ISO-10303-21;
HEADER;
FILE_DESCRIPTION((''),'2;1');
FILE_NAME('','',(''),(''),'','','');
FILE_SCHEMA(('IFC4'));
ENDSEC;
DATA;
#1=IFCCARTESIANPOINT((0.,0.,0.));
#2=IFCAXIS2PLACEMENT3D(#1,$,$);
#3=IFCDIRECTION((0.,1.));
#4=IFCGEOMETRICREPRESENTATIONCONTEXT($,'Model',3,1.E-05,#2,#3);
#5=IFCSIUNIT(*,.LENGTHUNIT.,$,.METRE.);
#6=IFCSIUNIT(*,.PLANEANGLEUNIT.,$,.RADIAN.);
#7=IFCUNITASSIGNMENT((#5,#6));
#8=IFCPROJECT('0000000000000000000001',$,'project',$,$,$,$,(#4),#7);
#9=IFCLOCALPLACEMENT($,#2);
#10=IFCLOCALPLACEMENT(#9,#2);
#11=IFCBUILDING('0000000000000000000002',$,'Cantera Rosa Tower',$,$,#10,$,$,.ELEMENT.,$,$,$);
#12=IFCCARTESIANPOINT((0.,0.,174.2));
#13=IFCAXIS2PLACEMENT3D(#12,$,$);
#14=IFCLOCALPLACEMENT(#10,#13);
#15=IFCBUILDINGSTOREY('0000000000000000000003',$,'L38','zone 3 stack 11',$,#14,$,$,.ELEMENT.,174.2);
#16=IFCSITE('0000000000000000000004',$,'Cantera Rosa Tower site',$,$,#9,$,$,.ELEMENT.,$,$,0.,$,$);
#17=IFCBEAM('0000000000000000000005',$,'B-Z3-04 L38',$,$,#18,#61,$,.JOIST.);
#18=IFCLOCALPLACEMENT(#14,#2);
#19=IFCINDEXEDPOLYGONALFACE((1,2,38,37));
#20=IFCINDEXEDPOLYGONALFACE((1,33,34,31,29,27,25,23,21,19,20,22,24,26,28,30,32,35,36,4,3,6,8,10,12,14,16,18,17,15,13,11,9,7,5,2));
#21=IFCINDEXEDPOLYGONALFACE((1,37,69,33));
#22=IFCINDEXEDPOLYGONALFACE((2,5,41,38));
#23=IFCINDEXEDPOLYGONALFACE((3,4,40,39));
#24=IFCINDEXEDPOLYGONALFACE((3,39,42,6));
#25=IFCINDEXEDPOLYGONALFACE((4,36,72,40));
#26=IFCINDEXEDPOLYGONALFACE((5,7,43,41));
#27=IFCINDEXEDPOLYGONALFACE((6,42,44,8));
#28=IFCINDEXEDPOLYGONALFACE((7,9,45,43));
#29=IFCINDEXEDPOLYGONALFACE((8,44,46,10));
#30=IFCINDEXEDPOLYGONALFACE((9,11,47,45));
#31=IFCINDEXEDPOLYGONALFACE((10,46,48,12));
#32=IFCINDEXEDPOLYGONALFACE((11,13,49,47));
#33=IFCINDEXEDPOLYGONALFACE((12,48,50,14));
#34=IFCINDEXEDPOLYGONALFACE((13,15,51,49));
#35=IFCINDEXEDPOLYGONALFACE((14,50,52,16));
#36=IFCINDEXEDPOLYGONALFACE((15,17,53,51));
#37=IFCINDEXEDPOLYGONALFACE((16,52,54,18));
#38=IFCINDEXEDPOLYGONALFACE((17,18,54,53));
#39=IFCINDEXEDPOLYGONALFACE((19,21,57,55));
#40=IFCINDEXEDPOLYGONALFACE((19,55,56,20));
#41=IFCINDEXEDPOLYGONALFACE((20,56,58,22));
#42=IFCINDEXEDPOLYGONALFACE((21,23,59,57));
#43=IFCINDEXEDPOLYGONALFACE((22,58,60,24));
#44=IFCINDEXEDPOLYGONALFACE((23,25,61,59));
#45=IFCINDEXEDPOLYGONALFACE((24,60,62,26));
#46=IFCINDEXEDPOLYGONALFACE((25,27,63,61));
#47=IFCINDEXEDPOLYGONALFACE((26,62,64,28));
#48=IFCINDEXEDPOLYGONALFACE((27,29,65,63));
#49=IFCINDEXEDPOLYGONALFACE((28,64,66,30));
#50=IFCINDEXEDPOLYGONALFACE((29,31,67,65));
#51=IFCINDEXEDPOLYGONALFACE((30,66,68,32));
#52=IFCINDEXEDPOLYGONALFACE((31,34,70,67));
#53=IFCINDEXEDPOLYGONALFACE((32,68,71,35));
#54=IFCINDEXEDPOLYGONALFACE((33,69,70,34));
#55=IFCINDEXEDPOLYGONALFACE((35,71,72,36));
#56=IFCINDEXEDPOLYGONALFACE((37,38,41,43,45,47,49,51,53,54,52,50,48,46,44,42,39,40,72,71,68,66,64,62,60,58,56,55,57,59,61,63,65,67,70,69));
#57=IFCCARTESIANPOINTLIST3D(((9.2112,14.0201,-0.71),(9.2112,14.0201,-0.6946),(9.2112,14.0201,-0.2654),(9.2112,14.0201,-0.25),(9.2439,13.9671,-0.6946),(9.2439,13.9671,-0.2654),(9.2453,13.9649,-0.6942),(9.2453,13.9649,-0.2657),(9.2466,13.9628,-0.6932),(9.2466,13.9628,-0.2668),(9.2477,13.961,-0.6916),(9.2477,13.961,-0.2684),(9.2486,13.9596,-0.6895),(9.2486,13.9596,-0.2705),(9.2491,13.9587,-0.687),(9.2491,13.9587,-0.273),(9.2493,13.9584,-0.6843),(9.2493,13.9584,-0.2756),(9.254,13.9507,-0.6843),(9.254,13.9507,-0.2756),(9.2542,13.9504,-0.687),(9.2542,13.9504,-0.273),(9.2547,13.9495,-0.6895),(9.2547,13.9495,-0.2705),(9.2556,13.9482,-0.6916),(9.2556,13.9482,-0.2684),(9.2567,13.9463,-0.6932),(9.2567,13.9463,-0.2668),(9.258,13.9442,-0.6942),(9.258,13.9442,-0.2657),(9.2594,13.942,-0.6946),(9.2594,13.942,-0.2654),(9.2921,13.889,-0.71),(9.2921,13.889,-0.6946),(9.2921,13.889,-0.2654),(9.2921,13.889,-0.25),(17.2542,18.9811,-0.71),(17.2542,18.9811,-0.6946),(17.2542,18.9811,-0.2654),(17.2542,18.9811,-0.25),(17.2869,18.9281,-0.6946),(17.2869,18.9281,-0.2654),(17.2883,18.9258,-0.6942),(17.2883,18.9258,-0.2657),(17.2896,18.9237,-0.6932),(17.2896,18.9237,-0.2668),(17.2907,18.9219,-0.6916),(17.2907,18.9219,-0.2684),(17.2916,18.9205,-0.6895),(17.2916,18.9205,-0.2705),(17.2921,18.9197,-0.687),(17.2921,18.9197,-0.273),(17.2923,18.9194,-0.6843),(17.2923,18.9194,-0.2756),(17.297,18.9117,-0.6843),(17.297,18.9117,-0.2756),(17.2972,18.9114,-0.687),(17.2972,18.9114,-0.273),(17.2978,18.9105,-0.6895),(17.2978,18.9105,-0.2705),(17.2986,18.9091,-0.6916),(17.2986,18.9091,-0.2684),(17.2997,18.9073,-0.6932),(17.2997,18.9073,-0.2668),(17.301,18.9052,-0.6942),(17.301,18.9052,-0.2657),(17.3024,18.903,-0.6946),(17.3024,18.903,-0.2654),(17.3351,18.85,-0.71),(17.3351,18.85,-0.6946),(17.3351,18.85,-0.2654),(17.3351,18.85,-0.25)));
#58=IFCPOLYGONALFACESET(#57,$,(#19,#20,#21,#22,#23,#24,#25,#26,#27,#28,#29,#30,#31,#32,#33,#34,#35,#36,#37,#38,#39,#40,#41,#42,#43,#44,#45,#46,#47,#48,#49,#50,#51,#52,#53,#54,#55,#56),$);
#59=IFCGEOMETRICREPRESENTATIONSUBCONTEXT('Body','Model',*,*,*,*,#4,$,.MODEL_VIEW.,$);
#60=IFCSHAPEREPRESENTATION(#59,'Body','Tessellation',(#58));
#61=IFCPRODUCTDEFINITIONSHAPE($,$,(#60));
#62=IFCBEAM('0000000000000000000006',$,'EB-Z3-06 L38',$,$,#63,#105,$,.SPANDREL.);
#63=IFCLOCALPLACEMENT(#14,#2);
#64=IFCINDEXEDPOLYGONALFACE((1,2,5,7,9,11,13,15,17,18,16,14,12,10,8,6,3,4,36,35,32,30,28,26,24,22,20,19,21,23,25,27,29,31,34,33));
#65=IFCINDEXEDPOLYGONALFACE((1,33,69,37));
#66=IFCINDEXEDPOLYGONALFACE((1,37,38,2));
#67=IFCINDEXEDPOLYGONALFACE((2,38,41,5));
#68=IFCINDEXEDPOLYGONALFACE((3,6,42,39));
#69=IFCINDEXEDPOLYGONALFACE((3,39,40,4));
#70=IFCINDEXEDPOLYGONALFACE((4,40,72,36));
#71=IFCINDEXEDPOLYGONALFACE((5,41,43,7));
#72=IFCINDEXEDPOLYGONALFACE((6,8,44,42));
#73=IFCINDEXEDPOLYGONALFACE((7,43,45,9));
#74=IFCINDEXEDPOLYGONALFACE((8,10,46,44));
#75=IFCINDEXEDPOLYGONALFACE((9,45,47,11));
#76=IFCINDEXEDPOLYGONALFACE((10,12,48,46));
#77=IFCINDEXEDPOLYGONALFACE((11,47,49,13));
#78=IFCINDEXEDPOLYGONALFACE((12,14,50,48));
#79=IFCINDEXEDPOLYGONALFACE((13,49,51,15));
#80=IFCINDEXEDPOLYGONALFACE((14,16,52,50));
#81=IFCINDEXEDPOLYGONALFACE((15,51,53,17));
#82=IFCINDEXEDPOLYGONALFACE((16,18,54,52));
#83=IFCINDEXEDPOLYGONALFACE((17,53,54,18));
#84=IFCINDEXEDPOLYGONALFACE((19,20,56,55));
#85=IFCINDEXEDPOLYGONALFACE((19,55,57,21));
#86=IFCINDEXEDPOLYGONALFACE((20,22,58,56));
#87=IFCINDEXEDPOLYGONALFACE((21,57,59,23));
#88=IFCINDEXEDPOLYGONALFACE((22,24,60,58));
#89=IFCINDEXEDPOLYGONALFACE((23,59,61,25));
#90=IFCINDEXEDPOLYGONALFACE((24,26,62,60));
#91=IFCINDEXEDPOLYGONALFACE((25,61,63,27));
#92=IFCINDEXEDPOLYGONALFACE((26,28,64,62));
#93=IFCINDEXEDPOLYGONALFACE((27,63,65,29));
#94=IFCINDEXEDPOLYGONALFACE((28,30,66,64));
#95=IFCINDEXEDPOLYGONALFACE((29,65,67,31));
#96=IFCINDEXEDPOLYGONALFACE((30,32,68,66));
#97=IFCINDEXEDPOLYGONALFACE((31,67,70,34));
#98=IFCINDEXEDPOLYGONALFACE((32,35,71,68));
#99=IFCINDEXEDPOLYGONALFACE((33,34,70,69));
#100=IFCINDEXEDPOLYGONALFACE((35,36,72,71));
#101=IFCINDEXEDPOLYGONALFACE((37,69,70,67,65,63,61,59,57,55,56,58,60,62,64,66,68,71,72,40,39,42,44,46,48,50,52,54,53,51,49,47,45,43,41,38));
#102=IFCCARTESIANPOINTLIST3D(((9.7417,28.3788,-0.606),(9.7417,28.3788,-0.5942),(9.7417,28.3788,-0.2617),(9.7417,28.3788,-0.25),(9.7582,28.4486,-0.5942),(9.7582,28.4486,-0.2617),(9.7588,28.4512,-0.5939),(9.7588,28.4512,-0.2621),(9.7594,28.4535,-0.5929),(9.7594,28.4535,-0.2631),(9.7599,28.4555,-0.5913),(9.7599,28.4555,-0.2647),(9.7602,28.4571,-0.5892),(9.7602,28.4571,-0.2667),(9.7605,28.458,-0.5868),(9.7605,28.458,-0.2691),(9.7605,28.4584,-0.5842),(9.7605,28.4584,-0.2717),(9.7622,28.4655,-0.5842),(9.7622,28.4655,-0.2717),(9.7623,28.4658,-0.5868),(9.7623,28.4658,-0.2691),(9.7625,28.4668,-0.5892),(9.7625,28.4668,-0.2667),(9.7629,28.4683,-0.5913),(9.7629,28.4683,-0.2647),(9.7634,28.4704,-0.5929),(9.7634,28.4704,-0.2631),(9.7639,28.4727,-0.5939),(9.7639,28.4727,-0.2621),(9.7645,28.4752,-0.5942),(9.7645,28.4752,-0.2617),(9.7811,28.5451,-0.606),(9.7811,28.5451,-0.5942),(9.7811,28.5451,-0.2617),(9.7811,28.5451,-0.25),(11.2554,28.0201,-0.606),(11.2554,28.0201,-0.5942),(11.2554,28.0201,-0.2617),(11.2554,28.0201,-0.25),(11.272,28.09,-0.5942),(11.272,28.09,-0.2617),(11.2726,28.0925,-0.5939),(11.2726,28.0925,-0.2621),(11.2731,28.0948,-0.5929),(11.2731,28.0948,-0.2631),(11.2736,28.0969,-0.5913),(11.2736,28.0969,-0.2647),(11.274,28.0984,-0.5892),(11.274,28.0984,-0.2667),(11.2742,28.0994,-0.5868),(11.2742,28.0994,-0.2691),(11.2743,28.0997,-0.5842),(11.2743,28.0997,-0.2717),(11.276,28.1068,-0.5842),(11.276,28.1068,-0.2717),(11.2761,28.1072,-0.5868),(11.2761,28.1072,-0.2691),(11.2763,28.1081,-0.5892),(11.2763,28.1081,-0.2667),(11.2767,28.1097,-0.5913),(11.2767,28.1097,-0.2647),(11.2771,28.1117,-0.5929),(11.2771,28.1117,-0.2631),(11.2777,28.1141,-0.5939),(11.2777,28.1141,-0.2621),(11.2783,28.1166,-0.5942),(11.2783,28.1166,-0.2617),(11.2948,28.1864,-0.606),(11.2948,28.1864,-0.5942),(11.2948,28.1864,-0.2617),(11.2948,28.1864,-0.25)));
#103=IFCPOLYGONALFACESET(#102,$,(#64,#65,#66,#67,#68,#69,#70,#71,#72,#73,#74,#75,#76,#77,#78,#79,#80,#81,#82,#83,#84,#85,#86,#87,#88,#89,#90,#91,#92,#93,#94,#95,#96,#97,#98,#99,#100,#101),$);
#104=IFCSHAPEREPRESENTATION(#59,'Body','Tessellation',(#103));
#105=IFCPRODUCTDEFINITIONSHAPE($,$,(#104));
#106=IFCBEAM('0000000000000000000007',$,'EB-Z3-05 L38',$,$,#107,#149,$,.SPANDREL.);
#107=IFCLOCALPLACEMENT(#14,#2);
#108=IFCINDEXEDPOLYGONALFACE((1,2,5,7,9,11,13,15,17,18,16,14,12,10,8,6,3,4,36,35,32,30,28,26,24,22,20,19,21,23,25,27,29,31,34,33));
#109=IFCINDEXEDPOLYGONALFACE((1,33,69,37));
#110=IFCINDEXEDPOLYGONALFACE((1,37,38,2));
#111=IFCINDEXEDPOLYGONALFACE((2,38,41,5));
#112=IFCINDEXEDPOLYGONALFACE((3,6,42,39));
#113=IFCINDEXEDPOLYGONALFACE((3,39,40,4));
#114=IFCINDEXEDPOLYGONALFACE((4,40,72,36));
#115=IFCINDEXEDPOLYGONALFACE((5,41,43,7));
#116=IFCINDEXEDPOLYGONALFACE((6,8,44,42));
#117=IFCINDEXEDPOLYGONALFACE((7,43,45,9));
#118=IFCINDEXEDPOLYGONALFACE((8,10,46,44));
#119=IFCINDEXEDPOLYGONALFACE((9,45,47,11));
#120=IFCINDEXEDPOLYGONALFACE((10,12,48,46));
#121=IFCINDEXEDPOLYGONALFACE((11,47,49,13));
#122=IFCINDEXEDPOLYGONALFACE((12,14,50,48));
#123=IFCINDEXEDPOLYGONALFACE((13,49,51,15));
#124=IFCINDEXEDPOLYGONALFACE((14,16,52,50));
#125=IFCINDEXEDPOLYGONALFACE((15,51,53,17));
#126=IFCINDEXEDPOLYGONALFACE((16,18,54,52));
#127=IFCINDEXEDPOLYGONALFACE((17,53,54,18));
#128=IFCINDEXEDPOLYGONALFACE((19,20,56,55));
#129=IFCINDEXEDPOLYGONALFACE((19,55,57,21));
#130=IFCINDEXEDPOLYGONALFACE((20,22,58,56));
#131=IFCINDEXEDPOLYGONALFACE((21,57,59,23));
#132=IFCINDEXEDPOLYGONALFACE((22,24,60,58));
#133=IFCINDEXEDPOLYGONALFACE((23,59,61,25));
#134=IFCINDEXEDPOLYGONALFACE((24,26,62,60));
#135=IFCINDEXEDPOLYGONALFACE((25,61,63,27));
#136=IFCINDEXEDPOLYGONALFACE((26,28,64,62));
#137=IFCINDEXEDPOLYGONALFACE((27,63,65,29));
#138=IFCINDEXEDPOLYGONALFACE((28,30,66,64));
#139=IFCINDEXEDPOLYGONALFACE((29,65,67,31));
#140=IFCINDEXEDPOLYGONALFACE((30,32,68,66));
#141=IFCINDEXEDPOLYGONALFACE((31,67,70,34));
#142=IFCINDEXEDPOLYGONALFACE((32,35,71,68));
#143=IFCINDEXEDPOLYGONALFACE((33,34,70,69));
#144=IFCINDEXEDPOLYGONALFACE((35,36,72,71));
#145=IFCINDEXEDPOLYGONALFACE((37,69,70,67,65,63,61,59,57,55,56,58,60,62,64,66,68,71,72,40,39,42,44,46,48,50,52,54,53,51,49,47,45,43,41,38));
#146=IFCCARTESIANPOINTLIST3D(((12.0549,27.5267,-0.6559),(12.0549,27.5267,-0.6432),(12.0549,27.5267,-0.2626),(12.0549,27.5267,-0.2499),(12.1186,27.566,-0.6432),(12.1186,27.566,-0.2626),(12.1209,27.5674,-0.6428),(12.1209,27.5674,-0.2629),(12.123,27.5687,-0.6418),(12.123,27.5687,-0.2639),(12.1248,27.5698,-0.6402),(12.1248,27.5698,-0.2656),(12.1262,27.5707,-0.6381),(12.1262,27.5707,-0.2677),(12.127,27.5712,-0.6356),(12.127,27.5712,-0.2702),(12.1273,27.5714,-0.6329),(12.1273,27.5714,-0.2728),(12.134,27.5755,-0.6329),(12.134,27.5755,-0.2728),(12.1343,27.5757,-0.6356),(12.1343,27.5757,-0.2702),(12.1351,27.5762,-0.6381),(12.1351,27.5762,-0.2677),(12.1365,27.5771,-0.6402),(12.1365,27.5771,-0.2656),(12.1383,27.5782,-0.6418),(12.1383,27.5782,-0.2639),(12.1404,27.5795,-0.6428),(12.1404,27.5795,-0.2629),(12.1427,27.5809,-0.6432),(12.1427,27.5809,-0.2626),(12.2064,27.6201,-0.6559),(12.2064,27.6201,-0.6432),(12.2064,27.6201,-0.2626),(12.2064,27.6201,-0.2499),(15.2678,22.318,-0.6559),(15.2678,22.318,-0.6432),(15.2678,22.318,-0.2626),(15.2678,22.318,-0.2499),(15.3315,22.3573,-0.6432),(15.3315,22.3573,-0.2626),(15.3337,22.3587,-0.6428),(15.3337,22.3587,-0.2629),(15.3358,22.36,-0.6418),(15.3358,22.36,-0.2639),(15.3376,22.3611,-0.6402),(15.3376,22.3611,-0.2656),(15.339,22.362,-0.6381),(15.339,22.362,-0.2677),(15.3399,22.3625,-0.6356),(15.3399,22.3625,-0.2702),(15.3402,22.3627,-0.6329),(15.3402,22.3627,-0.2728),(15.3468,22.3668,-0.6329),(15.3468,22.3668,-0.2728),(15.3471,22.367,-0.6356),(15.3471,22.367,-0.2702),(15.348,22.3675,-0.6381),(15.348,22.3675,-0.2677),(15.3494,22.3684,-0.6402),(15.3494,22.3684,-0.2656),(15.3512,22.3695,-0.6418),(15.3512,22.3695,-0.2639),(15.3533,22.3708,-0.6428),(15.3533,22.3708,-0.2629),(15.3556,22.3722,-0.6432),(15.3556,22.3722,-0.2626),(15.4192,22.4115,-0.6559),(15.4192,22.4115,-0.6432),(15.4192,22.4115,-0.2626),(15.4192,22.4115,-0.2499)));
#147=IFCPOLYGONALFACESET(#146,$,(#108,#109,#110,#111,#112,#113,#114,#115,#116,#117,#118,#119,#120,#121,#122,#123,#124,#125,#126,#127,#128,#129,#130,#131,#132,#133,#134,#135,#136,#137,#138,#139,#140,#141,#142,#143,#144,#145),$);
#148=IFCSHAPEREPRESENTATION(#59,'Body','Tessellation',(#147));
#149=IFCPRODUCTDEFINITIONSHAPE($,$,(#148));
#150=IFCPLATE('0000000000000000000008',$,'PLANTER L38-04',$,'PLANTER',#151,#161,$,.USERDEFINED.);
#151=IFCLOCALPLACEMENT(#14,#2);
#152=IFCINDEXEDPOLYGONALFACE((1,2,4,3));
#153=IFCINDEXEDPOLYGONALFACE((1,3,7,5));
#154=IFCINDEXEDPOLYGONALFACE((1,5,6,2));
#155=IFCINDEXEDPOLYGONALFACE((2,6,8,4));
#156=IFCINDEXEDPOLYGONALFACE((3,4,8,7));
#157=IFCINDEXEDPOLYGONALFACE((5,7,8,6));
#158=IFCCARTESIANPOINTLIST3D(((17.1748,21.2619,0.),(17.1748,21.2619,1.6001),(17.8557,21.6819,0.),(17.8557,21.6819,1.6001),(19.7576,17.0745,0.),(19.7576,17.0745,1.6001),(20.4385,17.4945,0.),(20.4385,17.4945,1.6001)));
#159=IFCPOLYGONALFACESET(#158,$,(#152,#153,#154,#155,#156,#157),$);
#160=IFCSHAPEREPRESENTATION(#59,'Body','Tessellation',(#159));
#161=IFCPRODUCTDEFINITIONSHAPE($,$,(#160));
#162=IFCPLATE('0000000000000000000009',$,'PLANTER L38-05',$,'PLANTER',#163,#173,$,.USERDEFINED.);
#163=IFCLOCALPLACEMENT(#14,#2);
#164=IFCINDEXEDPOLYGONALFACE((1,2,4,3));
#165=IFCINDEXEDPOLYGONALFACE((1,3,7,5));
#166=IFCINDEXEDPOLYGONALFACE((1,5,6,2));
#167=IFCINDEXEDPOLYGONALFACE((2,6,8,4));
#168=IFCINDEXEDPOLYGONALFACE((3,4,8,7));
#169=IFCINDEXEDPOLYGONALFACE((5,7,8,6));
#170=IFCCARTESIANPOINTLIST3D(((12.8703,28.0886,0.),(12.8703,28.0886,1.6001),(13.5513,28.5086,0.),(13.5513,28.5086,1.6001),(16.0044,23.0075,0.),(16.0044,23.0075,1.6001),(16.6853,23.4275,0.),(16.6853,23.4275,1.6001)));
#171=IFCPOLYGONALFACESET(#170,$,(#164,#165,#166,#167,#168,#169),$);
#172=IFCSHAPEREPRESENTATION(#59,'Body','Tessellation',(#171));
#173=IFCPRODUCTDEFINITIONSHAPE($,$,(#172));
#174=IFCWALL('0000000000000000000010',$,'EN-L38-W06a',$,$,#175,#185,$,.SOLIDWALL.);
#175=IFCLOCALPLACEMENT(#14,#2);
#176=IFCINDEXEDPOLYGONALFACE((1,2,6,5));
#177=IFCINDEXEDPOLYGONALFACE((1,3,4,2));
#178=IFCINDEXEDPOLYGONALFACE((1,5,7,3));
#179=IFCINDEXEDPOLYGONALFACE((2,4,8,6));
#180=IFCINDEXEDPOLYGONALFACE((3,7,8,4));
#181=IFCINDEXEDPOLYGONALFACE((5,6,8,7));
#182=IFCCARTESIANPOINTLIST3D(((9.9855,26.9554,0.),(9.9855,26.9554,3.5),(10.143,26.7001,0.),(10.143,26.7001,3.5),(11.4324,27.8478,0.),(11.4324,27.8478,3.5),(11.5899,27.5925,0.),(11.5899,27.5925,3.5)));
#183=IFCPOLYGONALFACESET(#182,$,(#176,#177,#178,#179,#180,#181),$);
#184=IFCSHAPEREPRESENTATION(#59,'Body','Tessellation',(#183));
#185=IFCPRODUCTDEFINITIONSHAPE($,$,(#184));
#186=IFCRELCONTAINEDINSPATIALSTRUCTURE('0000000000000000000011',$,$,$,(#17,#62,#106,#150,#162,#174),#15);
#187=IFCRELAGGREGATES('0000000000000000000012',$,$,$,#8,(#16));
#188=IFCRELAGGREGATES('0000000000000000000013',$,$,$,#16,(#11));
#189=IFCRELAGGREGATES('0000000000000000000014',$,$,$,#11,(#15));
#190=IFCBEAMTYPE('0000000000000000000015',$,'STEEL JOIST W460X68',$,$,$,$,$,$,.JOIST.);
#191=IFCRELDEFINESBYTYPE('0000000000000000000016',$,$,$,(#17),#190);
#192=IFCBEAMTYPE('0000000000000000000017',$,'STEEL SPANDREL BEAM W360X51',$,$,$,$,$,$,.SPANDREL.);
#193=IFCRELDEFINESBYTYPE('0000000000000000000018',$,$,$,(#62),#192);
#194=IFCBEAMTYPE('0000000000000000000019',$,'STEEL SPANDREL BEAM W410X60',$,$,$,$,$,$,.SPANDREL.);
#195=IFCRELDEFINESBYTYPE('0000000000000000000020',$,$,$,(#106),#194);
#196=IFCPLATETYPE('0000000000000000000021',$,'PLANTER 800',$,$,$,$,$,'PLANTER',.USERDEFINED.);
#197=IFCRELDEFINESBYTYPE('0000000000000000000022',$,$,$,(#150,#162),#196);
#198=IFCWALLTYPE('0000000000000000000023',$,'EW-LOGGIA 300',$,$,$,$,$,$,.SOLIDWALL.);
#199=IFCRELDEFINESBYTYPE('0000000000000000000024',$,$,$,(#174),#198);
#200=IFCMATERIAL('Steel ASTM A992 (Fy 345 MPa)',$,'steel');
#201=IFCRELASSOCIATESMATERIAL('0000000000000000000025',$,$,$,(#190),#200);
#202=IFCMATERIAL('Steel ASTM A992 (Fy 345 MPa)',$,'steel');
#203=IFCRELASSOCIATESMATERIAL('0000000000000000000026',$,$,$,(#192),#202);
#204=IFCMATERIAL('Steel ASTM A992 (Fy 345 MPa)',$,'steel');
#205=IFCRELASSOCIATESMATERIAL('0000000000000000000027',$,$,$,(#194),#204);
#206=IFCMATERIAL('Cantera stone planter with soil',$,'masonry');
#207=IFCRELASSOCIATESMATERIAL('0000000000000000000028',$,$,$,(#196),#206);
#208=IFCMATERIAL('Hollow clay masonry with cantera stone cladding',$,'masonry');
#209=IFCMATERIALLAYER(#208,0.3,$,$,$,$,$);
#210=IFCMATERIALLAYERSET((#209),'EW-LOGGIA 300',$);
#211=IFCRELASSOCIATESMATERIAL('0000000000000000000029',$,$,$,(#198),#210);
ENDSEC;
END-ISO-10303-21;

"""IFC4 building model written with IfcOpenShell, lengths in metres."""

from ifc_helpers import new_model, si_unit, direction, frame, frame_2d, origin, origin_2d, place, context, subcontext, project, spatial, rectangle, i_section, extrude, material, layer, layer_set, material_profile, profile_set, type_object, element, save


model = new_model("IFC4")

# Units and contexts
model_context = context("Model", 3, precision=1e-05, world=origin(), true_north=direction((0.0, 1.0)))
body_context = subcontext(model_context, "Body", "Model", "MODEL_VIEW")
ifc_project = project(units=[si_unit("LENGTHUNIT", "METRE"), si_unit("PLANEANGLEUNIT", "RADIAN")], contexts=[model_context])

# Site, building, storey
site_placement = place(None, origin())
site = spatial("IfcSite", under=ifc_project, at=site_placement, Name="Cantera Rosa Tower site", CompositionType="ELEMENT", RefElevation=0.0)
building_placement = place(site_placement, origin())
building = spatial("IfcBuilding", under=site, at=building_placement, Name="Cantera Rosa Tower", CompositionType="ELEMENT")
storey_placement = place(building_placement, frame((0.0, 0.0, 174.2)))
storey = spatial("IfcBuildingStorey", under=building, at=storey_placement, Name="L38", Description="zone 3 stack 11", CompositionType="ELEMENT", Elevation=174.2)

# Beams
ifc_material_1 = material(Name="Steel ASTM A992 (Fy 345 MPa)", Category="steel")
ifc_material_profile_1 = material_profile(ifc_material_1, i_section(OverallWidth=0.1541, OverallDepth=0.46, WebThickness=0.009, FlangeThickness=0.0154, FilletRadius=0.0103, at=origin_2d()), Name="W460X68")
ifc_profile_set_1 = profile_set([ifc_material_profile_1], Name="Steel ASTM A992 (Fy 345 MPa)")
beam_type_1 = type_object("IfcBeamType", Name="STEEL JOIST W460X68", PredefinedType="JOIST", material=ifc_profile_set_1)
beam_1_placement = place(storey_placement, frame((17.2947, 18.9155, -0.48), z_axis=(-0.851119, -0.524974, 0.0), x_axis=(0.524974, -0.851119, 0.0)))
element("IfcBeam", 1, at=beam_1_placement, inside=storey, type_object=beam_type_1, Name="B-Z3-04 L38", PredefinedType="JOIST", context=body_context, shape_type="SweptSolid", body=[
    extrude(i_section(OverallWidth=0.1541, OverallDepth=0.46, WebThickness=0.009, FlangeThickness=0.0154, FilletRadius=0.0103, at=origin_2d()), origin(), (0.0, 0.0, 1.0), 9.45),
])
ifc_material_2 = material(Name="Steel ASTM A992 (Fy 345 MPa)", Category="steel")
ifc_material_profile_2 = material_profile(ifc_material_2, i_section(OverallWidth=0.1709, OverallDepth=0.356, WebThickness=0.0073, FlangeThickness=0.0117, FilletRadius=0.01, at=origin_2d()), Name="W360X51")
ifc_profile_set_2 = profile_set([ifc_material_profile_2], Name="Steel ASTM A992 (Fy 345 MPa)")
beam_type_2 = type_object("IfcBeamType", Name="STEEL SPANDREL BEAM W360X51", PredefinedType="SPANDREL", material=ifc_profile_set_2)
beam_2_placement = place(storey_placement, frame((11.2751, 28.1033, -0.428), z_axis=(-0.97306, 0.230552, 0.0), x_axis=(-0.230552, -0.97306, 0.0)))
element("IfcBeam", 2, at=beam_2_placement, inside=storey, type_object=beam_type_2, Name="EB-Z3-06 L38", PredefinedType="SPANDREL", context=body_context, shape_type="SweptSolid", body=[
    extrude(i_section(OverallWidth=0.1709, OverallDepth=0.356, WebThickness=0.0073, FlangeThickness=0.0117, FilletRadius=0.01, at=origin_2d()), origin(), (0.0, 0.0, 1.0), 1.5557),
])
ifc_material_3 = material(Name="Steel ASTM A992 (Fy 345 MPa)", Category="steel")
ifc_material_profile_3 = material_profile(ifc_material_3, i_section(OverallWidth=0.178, OverallDepth=0.406, WebThickness=0.0078, FlangeThickness=0.0127, FilletRadius=0.0103, at=origin_2d()), Name="W410X60")
ifc_profile_set_3 = profile_set([ifc_material_profile_3], Name="Steel ASTM A992 (Fy 345 MPa)")
beam_type_3 = type_object("IfcBeamType", Name="STEEL SPANDREL BEAM W410X60", PredefinedType="SPANDREL", material=ifc_profile_set_3)
beam_3_placement = place(storey_placement, frame((15.3435, 22.3647, -0.4529), z_axis=(-0.524987, 0.85111, 0.0), x_axis=(-0.85111, -0.524987, 0.0)))
element("IfcBeam", 3, at=beam_3_placement, inside=storey, type_object=beam_type_3, Name="EB-Z3-05 L38", PredefinedType="SPANDREL", context=body_context, shape_type="SweptSolid", body=[
    extrude(i_section(OverallWidth=0.178, OverallDepth=0.406, WebThickness=0.0078, FlangeThickness=0.0127, FilletRadius=0.0103, at=origin_2d()), origin(), (0.0, 0.0, 1.0), 6.1199),
])

# Plates
ifc_material_4 = material(Name="Cantera stone planter with soil", Category="masonry")
plate_type = type_object("IfcPlateType", Name="PLANTER 800", ElementType="PLANTER", PredefinedType="USERDEFINED", material=ifc_material_4)
plate_1_placement = place(storey_placement, frame((18.8066, 19.3782, 0.0), z_axis=(0.0, 0.0, 1.0), x_axis=(-0.524977, 0.851117, 0.0)))
element("IfcPlate", 4, at=plate_1_placement, inside=storey, type_object=plate_type, Name="PLANTER L38-04", ObjectType="PLANTER", PredefinedType="USERDEFINED", context=body_context, shape_type="SweptSolid", body=[
    extrude(rectangle(XDim=4.9199, YDim=0.8, at=origin_2d()), origin(), (0.0, 0.0, 1.0), 1.6001),
])
plate_2_placement = place(storey_placement, frame((14.7778, 25.7581, 0.0), z_axis=(0.0, 0.0, 1.0), x_axis=(-0.524977, 0.851117, 0.0)))
element("IfcPlate", 5, at=plate_2_placement, inside=storey, type_object=plate_type, Name="PLANTER L38-05", ObjectType="PLANTER", PredefinedType="USERDEFINED", context=body_context, shape_type="SweptSolid", body=[
    extrude(rectangle(XDim=5.97, YDim=0.8, at=origin_2d()), origin(), (0.0, 0.0, 1.0), 1.6001),
])

# Wall
ifc_material_5 = material(Name="Hollow clay masonry with cantera stone cladding", Category="masonry")
ifc_layer_1 = layer(ifc_material_5, 0.3)
ifc_layer_set_1 = layer_set([ifc_layer_1], Name="EW-LOGGIA 300")
wall_type_1 = type_object("IfcWallType", Name="EW-LOGGIA 300", PredefinedType="SOLIDWALL", material=ifc_layer_set_1)
wall_1_placement = place(storey_placement, frame((11.5112, 27.7202, 0.0), z_axis=(0.0, 0.0, 1.0), x_axis=(-0.85113, -0.524955, 0.0)))
element("IfcWall", 6, at=wall_1_placement, inside=storey, type_object=wall_type_1, Name="EN-L38-W06a", PredefinedType="SOLIDWALL", context=body_context, shape_type="SweptSolid", body=[
    extrude(rectangle(XDim=1.7, YDim=0.3, at=frame_2d((0.8501, 0.0))), origin(), (0.0, 0.0, 1.0), 3.5),
])

save(model, "model.ifc")
